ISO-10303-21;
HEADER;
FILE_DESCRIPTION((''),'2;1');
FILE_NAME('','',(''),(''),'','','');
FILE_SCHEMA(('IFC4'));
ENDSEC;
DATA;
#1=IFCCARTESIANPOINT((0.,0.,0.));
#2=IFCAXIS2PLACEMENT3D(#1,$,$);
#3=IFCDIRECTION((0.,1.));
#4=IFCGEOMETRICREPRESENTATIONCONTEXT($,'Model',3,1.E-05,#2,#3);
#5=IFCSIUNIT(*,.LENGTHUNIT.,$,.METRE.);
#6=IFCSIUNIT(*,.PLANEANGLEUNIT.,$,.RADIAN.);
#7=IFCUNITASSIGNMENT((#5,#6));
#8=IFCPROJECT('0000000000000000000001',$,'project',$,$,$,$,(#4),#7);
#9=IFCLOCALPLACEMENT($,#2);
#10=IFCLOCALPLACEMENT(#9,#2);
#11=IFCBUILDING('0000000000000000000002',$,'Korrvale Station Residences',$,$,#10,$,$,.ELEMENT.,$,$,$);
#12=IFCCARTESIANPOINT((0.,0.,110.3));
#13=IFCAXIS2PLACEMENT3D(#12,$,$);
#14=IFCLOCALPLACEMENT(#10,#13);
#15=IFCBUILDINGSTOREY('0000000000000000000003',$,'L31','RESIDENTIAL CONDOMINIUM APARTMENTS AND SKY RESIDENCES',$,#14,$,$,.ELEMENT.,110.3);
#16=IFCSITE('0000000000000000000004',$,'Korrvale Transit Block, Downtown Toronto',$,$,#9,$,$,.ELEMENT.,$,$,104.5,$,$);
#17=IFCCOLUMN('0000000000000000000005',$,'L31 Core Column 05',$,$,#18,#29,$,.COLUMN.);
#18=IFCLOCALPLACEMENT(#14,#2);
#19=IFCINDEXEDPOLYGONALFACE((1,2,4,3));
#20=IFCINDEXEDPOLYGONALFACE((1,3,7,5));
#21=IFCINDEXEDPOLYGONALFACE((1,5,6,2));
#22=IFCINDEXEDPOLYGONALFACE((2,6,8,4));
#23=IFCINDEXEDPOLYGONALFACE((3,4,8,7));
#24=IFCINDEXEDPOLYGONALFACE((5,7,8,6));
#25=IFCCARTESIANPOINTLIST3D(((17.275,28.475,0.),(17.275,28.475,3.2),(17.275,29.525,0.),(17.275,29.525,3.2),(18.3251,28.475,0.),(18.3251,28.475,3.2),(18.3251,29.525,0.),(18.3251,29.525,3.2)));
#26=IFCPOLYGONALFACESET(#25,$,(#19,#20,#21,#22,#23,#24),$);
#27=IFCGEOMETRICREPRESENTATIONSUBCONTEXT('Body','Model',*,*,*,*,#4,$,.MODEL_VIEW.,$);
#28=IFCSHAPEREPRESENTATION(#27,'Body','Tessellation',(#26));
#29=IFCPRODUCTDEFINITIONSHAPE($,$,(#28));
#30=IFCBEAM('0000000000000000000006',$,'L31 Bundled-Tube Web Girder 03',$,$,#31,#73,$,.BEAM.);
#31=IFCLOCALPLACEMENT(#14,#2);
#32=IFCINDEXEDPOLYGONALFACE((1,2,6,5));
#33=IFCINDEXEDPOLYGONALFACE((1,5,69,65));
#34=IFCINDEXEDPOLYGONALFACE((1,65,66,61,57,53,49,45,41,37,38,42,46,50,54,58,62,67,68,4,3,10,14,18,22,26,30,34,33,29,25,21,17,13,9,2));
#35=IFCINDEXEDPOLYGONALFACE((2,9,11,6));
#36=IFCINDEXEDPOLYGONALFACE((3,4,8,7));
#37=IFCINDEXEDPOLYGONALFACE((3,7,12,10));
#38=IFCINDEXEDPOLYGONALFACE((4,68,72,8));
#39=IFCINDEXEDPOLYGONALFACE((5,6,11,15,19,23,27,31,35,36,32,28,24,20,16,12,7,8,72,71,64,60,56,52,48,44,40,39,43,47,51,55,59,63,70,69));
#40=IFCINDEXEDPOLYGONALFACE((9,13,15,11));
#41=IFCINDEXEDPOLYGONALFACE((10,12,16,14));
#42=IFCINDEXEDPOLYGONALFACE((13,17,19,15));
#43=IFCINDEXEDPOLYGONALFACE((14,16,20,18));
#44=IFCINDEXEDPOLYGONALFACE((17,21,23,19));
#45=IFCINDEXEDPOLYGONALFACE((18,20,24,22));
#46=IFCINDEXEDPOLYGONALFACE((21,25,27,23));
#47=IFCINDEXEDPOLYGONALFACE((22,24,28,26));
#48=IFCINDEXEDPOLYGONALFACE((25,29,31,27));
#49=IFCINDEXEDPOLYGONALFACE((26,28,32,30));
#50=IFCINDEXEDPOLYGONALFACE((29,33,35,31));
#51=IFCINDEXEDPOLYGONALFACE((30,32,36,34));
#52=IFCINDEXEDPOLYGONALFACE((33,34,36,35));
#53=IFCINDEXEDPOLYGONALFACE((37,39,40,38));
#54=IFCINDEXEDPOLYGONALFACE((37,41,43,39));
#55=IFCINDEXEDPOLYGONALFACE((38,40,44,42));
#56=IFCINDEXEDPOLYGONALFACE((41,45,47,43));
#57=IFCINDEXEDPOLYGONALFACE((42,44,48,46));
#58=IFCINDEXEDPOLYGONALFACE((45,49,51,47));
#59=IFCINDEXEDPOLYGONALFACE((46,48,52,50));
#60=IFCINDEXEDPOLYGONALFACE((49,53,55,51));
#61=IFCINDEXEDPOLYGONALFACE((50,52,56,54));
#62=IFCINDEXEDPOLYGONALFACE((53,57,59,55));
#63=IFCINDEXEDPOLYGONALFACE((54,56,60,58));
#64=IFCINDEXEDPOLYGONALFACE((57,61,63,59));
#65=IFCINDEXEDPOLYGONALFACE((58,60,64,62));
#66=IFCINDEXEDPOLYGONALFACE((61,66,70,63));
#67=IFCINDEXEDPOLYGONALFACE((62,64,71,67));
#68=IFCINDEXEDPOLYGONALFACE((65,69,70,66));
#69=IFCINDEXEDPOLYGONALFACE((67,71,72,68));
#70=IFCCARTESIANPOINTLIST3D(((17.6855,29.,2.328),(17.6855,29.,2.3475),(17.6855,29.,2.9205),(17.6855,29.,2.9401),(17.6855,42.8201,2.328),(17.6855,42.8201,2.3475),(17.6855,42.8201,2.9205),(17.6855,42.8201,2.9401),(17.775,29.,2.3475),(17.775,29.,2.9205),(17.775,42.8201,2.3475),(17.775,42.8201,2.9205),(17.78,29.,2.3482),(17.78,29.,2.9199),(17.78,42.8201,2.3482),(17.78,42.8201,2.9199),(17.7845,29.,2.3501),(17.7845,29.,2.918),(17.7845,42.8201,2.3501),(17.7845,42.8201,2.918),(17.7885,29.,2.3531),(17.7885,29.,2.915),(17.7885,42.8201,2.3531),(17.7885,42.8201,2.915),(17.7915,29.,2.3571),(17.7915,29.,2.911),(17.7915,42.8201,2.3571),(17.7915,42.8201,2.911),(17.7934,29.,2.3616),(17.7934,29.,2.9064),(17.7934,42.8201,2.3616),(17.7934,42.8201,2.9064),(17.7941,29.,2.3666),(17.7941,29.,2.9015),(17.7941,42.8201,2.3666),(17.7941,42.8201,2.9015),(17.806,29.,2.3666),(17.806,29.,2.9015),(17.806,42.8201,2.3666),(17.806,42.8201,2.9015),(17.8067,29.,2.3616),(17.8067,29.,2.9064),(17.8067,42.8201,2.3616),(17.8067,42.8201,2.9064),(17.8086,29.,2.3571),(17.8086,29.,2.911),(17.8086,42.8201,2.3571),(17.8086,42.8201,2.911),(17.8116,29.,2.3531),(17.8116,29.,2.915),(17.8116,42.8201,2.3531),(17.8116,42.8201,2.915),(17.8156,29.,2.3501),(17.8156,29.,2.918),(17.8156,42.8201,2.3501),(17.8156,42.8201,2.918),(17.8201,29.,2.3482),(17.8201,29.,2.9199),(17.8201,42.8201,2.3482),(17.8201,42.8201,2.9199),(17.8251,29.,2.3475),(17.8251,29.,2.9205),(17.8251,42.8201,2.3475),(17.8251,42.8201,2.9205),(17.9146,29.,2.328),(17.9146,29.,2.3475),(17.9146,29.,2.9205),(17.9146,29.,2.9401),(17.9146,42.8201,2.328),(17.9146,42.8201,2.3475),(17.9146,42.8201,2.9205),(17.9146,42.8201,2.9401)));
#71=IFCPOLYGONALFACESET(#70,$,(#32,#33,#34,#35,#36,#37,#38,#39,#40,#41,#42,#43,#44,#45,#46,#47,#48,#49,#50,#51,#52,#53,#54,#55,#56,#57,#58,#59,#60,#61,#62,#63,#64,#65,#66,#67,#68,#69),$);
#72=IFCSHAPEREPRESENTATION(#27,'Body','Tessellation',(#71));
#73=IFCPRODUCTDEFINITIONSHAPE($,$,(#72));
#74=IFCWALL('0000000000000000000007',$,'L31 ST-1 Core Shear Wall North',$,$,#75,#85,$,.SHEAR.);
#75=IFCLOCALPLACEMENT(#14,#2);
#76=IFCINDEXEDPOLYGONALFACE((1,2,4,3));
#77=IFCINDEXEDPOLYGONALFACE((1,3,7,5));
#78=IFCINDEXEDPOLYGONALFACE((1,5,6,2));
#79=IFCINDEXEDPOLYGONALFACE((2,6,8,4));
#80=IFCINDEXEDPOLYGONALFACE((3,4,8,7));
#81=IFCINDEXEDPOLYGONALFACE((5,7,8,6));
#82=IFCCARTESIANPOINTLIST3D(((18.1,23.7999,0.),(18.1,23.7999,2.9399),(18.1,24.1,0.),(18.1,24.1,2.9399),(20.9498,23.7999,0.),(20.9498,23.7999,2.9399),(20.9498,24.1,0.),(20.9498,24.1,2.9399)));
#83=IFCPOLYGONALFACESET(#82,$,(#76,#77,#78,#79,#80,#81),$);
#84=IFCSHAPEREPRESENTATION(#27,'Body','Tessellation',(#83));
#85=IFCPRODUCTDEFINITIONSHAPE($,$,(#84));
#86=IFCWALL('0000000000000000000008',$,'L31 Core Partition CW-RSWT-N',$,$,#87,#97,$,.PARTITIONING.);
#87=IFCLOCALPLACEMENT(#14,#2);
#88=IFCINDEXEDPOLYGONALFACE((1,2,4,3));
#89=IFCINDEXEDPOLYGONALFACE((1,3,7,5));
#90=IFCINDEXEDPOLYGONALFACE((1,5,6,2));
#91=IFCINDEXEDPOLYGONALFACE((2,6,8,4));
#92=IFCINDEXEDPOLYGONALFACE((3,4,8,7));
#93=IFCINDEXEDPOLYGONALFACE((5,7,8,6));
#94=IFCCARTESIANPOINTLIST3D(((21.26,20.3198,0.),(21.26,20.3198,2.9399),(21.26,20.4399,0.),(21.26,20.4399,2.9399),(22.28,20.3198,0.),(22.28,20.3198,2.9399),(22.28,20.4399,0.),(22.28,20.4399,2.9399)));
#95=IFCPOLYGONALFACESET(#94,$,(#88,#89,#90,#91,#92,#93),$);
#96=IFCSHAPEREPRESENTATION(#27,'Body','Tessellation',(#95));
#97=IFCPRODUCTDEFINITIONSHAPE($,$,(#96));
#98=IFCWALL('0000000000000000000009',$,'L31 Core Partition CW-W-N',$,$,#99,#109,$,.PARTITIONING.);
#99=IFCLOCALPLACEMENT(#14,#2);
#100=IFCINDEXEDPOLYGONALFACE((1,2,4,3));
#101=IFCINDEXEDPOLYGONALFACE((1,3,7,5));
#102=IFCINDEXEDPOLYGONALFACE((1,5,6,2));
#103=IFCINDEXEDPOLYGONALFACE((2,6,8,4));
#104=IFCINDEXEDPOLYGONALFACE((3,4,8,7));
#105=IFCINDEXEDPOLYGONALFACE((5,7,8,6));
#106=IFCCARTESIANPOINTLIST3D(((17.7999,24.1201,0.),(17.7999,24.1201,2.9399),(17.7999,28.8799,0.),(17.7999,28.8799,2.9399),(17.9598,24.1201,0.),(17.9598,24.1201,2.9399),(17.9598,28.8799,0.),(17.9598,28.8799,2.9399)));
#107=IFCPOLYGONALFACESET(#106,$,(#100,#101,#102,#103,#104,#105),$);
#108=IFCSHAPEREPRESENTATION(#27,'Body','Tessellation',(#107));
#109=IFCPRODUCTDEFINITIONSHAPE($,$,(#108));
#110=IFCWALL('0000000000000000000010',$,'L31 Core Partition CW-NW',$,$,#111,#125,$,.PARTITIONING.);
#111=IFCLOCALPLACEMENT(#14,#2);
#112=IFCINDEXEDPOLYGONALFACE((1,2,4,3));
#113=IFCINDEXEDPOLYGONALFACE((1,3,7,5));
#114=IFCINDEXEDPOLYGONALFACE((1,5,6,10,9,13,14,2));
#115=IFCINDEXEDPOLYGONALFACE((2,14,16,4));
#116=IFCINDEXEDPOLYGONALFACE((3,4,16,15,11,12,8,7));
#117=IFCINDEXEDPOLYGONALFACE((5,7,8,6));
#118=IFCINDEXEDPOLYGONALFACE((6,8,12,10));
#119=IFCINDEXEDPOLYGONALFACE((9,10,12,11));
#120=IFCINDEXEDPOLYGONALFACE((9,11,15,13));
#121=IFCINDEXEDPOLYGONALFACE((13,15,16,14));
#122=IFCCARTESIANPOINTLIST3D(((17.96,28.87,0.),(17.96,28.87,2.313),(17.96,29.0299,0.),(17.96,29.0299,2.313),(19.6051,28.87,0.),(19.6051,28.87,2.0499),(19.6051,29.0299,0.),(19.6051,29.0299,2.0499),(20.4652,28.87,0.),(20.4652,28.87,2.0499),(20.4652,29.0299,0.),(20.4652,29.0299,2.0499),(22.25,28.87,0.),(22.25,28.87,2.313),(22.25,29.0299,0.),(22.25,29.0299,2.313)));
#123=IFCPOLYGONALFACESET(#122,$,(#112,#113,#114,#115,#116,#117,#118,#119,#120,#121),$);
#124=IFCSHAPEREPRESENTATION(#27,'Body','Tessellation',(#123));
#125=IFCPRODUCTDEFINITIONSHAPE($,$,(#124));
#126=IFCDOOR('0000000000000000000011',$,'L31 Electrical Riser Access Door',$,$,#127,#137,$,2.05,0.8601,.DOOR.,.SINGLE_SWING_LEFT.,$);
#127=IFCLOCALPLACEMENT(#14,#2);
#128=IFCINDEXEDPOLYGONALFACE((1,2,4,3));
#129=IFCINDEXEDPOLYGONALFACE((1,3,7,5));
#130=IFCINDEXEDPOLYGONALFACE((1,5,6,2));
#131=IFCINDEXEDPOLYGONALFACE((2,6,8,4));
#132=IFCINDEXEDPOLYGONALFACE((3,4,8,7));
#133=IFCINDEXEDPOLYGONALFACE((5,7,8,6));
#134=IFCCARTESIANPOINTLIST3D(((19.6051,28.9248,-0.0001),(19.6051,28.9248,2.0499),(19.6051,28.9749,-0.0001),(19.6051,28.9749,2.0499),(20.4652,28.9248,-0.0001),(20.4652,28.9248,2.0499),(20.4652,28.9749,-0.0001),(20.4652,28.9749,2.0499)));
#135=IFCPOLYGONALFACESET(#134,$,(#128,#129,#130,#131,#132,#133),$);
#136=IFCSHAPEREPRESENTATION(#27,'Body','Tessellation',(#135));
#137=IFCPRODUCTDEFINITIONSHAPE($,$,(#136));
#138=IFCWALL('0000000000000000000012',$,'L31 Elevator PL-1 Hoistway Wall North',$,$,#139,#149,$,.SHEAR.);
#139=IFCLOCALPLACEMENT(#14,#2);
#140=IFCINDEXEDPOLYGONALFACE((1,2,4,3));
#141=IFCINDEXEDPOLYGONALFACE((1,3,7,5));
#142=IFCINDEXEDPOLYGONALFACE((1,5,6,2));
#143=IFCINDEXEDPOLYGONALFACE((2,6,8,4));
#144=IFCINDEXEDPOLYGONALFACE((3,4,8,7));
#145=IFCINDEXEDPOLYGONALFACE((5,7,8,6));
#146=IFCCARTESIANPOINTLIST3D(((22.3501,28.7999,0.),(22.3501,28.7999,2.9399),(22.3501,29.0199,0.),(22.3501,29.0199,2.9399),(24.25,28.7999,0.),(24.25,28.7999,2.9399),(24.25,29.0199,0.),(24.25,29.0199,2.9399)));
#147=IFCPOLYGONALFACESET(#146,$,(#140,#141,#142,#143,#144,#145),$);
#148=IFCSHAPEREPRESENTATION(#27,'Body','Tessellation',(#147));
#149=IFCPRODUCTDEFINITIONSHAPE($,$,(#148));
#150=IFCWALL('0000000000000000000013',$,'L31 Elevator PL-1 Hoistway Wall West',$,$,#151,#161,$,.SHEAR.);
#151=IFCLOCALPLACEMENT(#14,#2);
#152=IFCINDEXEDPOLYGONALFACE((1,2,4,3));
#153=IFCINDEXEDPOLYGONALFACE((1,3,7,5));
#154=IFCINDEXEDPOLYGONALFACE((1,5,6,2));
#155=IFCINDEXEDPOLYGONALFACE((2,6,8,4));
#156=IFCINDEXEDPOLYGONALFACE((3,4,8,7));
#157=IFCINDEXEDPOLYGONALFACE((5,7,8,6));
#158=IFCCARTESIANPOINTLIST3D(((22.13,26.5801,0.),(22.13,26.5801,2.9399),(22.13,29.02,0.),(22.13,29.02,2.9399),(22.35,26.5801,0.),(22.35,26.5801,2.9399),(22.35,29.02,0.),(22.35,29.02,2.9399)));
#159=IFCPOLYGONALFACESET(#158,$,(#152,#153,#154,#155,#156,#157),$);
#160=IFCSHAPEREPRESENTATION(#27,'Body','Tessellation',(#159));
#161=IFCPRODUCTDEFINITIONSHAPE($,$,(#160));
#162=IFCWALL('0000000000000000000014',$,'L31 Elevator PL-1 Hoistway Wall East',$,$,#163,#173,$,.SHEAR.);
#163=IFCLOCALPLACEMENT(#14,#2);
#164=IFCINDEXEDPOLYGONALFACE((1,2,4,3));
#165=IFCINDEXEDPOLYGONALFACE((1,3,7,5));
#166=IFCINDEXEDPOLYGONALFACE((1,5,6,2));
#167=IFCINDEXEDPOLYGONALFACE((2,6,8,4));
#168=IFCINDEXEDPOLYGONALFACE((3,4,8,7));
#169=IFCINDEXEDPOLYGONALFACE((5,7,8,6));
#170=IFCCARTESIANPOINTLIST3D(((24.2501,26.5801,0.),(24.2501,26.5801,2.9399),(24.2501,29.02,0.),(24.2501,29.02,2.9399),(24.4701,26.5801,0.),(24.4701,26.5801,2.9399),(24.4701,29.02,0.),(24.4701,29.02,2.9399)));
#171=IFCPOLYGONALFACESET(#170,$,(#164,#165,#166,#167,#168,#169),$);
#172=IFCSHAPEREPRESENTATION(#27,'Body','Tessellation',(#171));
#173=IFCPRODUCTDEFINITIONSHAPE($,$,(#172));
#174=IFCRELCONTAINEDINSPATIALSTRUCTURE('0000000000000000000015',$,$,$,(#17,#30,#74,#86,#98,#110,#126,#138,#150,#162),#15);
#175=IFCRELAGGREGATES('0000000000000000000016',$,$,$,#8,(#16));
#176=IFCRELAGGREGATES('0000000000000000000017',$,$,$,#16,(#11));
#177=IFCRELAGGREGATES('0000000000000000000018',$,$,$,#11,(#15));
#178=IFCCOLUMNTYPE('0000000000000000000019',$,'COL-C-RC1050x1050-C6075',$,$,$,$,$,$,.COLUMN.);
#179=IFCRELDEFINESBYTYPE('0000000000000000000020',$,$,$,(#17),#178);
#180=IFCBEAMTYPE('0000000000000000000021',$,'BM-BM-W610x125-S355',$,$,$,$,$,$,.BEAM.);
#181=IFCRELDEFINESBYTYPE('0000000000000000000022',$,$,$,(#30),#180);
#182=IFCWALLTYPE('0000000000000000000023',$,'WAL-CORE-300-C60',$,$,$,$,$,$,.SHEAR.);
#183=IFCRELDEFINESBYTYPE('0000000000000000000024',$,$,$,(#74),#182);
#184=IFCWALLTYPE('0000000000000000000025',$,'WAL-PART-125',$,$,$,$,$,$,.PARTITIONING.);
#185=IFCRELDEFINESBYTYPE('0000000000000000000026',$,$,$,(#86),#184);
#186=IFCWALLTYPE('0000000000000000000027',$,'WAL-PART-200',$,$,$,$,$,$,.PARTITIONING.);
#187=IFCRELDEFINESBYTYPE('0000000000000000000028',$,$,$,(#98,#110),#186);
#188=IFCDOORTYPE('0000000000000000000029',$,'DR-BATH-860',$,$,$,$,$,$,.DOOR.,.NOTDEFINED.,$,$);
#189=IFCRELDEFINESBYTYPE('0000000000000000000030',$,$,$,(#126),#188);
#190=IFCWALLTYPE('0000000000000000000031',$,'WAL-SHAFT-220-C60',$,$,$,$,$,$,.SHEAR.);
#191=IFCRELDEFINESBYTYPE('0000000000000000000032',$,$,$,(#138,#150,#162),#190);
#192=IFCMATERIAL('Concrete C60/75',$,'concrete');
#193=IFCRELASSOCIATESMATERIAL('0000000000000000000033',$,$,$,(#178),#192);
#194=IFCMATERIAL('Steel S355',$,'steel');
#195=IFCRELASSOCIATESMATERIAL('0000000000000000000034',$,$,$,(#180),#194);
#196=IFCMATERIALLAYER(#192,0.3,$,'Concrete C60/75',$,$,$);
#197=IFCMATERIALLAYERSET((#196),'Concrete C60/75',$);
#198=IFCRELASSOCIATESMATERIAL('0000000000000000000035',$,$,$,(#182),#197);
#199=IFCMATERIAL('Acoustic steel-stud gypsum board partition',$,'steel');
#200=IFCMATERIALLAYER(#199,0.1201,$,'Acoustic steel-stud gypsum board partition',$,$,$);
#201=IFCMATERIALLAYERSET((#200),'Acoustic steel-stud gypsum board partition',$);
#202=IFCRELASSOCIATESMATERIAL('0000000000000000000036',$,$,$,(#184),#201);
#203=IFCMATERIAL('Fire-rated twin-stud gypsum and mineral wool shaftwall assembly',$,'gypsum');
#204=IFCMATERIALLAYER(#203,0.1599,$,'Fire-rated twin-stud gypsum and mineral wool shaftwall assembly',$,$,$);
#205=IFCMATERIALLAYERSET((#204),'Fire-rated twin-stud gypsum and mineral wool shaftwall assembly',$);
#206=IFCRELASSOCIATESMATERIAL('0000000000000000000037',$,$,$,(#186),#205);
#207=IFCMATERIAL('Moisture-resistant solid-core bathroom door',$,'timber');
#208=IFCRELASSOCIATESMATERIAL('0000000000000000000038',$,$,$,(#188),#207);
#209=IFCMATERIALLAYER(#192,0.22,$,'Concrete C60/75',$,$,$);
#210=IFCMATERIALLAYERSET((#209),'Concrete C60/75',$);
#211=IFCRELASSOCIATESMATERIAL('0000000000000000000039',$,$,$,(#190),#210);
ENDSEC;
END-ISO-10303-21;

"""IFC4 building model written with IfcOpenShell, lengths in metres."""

from ifc_helpers import new_model, si_unit, direction, frame, frame_2d, origin, origin_2d, place, context, subcontext, project, spatial, rectangle, i_section, extrude, material, layer, layer_set, material_profile, profile_set, type_object, element, fill, save


model = new_model("IFC4")

# Units and contexts
model_context = context("Model", 3, precision=1e-05, world=origin(), true_north=direction((0.0, 1.0)))
body_context = subcontext(model_context, "Body", "Model", "MODEL_VIEW")
ifc_project = project(units=[si_unit("LENGTHUNIT", "METRE"), si_unit("PLANEANGLEUNIT", "RADIAN")], contexts=[model_context])

# Site, building, storey
site_placement = place(None, origin())
site = spatial("IfcSite", under=ifc_project, at=site_placement, Name="Korrvale Transit Block, Downtown Toronto", CompositionType="ELEMENT", RefElevation=104.5)
building_placement = place(site_placement, origin())
building = spatial("IfcBuilding", under=site, at=building_placement, Name="Korrvale Station Residences", CompositionType="ELEMENT")
storey_placement = place(building_placement, frame((0.0, 0.0, 110.3)))
storey = spatial("IfcBuildingStorey", under=building, at=storey_placement, Name="L31", Description="RESIDENTIAL CONDOMINIUM APARTMENTS AND SKY RESIDENCES", CompositionType="ELEMENT", Elevation=110.3)

# Column
ifc_material_1 = material(Name="Concrete C60/75", Category="concrete")
ifc_material_profile_1 = material_profile(ifc_material_1, rectangle(XDim=1.05, YDim=1.05, at=origin_2d()), Name="RC1050x1050")
ifc_profile_set_1 = profile_set([ifc_material_profile_1], Name="Concrete C60/75")
column_type = type_object("IfcColumnType", Name="COL-C-RC1050x1050-C6075", PredefinedType="COLUMN", material=ifc_profile_set_1)
column_placement = place(storey_placement, frame((17.8, 29.0, 0.0), z_axis=(0.0, 0.0, 1.0), x_axis=(1.0, 0.0, 0.0)))
element("IfcColumn", 1, at=column_placement, inside=storey, type_object=column_type, Name="L31 Core Column 05", PredefinedType="COLUMN", context=body_context, shape_type="SweptSolid", body=[
    extrude(rectangle(XDim=1.05, YDim=1.05, at=origin_2d()), origin(), (0.0, 0.0, 1.0), 3.2),
])

# Beam
ifc_material_2 = material(Name="Steel S355", Category="steel")
ifc_material_profile_2 = material_profile(ifc_material_2, i_section(OverallWidth=0.229, OverallDepth=0.6121, WebThickness=0.012, FlangeThickness=0.0195, FilletRadius=0.019, at=origin_2d()), Name="W610x125")
ifc_profile_set_2 = profile_set([ifc_material_profile_2], Name="Steel S355")
beam_type = type_object("IfcBeamType", Name="BM-BM-W610x125-S355", PredefinedType="BEAM", material=ifc_profile_set_2)
beam_placement = place(storey_placement, frame((17.8, 29.0, 2.634), z_axis=(0.0, 1.0, 0.0), x_axis=(-1.0, 0.0, 0.0)))
element("IfcBeam", 2, at=beam_placement, inside=storey, type_object=beam_type, Name="L31 Bundled-Tube Web Girder 03", PredefinedType="BEAM", context=body_context, shape_type="SweptSolid", body=[
    extrude(i_section(OverallWidth=0.229, OverallDepth=0.6121, WebThickness=0.012, FlangeThickness=0.0195, FilletRadius=0.019, at=origin_2d()), origin(), (0.0, 0.0, 1.0), 13.8201),
])

# Walls
ifc_layer_1 = layer(ifc_material_1, 0.3, Name="Concrete C60/75")
ifc_layer_set_1 = layer_set([ifc_layer_1], Name="Concrete C60/75")
wall_type_1 = type_object("IfcWallType", Name="WAL-CORE-300-C60", PredefinedType="SHEAR", material=ifc_layer_set_1)
wall_1_placement = place(storey_placement, frame((18.1001, 23.95, 0.0), z_axis=(0.0, 0.0, 1.0), x_axis=(1.0, 0.0, 0.0)))
element("IfcWall", 3, at=wall_1_placement, inside=storey, type_object=wall_type_1, Name="L31 ST-1 Core Shear Wall North", PredefinedType="SHEAR", context=body_context, shape_type="SweptSolid", body=[
    extrude(rectangle(XDim=2.8499, YDim=0.3, at=frame_2d((1.4248, 0.0))), origin(), (0.0, 0.0, 1.0), 2.9399),
])
ifc_material_3 = material(Name="Acoustic steel-stud gypsum board partition", Category="steel")
ifc_layer_2 = layer(ifc_material_3, 0.1201, Name="Acoustic steel-stud gypsum board partition")
ifc_layer_set_2 = layer_set([ifc_layer_2], Name="Acoustic steel-stud gypsum board partition")
wall_type_2 = type_object("IfcWallType", Name="WAL-PART-125", PredefinedType="PARTITIONING", material=ifc_layer_set_2)
wall_2_placement = place(storey_placement, frame((22.28, 20.3799, 0.0), z_axis=(0.0, 0.0, 1.0), x_axis=(-1.0, 0.0, 0.0)))
element("IfcWall", 4, at=wall_2_placement, inside=storey, type_object=wall_type_2, Name="L31 Core Partition CW-RSWT-N", PredefinedType="PARTITIONING", context=body_context, shape_type="SweptSolid", body=[
    extrude(rectangle(XDim=1.02, YDim=0.1201, at=frame_2d((0.51, 0.0))), origin(), (0.0, 0.0, 1.0), 2.9399),
])
ifc_material_4 = material(Name="Fire-rated twin-stud gypsum and mineral wool shaftwall assembly", Category="gypsum")
ifc_layer_3 = layer(ifc_material_4, 0.1599, Name="Fire-rated twin-stud gypsum and mineral wool shaftwall assembly")
ifc_layer_set_3 = layer_set([ifc_layer_3], Name="Fire-rated twin-stud gypsum and mineral wool shaftwall assembly")
wall_type_3 = type_object("IfcWallType", Name="WAL-PART-200", PredefinedType="PARTITIONING", material=ifc_layer_set_3)
wall_3_placement = place(storey_placement, frame((17.8799, 24.1201, 0.0), z_axis=(0.0, 0.0, 1.0), x_axis=(0.0, 1.0, 0.0)))
element("IfcWall", 5, at=wall_3_placement, inside=storey, type_object=wall_type_3, Name="L31 Core Partition CW-W-N", PredefinedType="PARTITIONING", context=body_context, shape_type="SweptSolid", body=[
    extrude(rectangle(XDim=4.7598, YDim=0.1599, at=frame_2d((2.3799, 0.0))), origin(), (0.0, 0.0, 1.0), 2.9399),
])

# Wall, opening, door
wall_4_placement = place(storey_placement, frame((17.96, 28.95, 0.0), z_axis=(0.0, 0.0, 1.0), x_axis=(1.0, 0.0, 0.0)))
wall_4 = element("IfcWall", 6, at=wall_4_placement, inside=storey, type_object=wall_type_3, Name="L31 Core Partition CW-NW", PredefinedType="PARTITIONING", context=body_context, shape_type="SweptSolid", body=[
    extrude(rectangle(XDim=4.29, YDim=0.1599, at=frame_2d((2.145, 0.0))), origin(), (0.0, 0.0, 1.0), 2.313),
])
opening_1_placement = place(wall_4_placement, frame((1.645, 0.0, 0.0)))
opening_1 = element("IfcOpeningElement", 7, at=opening_1_placement, cuts=wall_4, PredefinedType="OPENING", context=body_context, shape_type="SweptSolid", body=[
    extrude(rectangle(XDim=0.8601, YDim=2.05, at=frame_2d((0.4302, 1.0249))), frame((0.0, 0.0898, 0.0), z_axis=(0.0, -1.0, 0.0), x_axis=(1.0, 0.0, 0.0)), (0.0, 0.0, 1.0), 0.1799),
])
ifc_material_5 = material(Name="Moisture-resistant solid-core bathroom door", Category="timber")
door_type_1 = type_object("IfcDoorType", Name="DR-BATH-860", OperationType="NOTDEFINED", PredefinedType="DOOR", material=ifc_material_5)
door_1_placement = place(opening_1_placement, origin())
door_1 = element("IfcDoor", 8, at=door_1_placement, inside=storey, type_object=door_type_1, Name="L31 Electrical Riser Access Door", OperationType="SINGLE_SWING_LEFT", OverallHeight=2.05, OverallWidth=0.8601, PredefinedType="DOOR", context=body_context, shape_type="SweptSolid", body=[
    extrude(rectangle(XDim=0.8601, YDim=2.05, at=frame_2d((0.4302, 1.0249))), frame((0.0, 0.0249, 0.0), z_axis=(0.0, -1.0, 0.0), x_axis=(1.0, 0.0, 0.0)), (0.0, 0.0, 1.0), 0.05),
])
fill(opening_1, door_1)
ifc_layer_4 = layer(ifc_material_1, 0.22, Name="Concrete C60/75")
ifc_layer_set_4 = layer_set([ifc_layer_4], Name="Concrete C60/75")
wall_type_4 = type_object("IfcWallType", Name="WAL-SHAFT-220-C60", PredefinedType="SHEAR", material=ifc_layer_set_4)

# Walls
wall_5_placement = place(storey_placement, frame((22.3501, 28.9099, 0.0), z_axis=(0.0, 0.0, 1.0), x_axis=(1.0, 0.0, 0.0)))
element("IfcWall", 9, at=wall_5_placement, inside=storey, type_object=wall_type_4, Name="L31 Elevator PL-1 Hoistway Wall North", PredefinedType="SHEAR", context=body_context, shape_type="SweptSolid", body=[
    extrude(rectangle(XDim=1.8999, YDim=0.22, at=frame_2d((0.95, 0.0))), origin(), (0.0, 0.0, 1.0), 2.9399),
])
for number, where, z_axis, x_axis, name in (
    (10, (22.24, 26.5801, 0.0), (0.0, 0.0, 1.0), (0.0, 1.0, 0.0), "L31 Elevator PL-1 Hoistway Wall West"),
    (11, (24.3601, 26.5801, 0.0), (0.0, 0.0, 1.0), (0.0, 1.0, 0.0), "L31 Elevator PL-1 Hoistway Wall East"),
):
    element("IfcWall", number, at=place(storey_placement, frame(where, z_axis=z_axis, x_axis=x_axis)), inside=storey, type_object=wall_type_4, Name=name, PredefinedType="SHEAR", context=body_context, shape_type="SweptSolid", body=[
        extrude(rectangle(XDim=2.4399, YDim=0.22, at=frame_2d((1.22, 0.0))), origin(), (0.0, 0.0, 1.0), 2.9399),
    ])

save(model, "model.ifc")
